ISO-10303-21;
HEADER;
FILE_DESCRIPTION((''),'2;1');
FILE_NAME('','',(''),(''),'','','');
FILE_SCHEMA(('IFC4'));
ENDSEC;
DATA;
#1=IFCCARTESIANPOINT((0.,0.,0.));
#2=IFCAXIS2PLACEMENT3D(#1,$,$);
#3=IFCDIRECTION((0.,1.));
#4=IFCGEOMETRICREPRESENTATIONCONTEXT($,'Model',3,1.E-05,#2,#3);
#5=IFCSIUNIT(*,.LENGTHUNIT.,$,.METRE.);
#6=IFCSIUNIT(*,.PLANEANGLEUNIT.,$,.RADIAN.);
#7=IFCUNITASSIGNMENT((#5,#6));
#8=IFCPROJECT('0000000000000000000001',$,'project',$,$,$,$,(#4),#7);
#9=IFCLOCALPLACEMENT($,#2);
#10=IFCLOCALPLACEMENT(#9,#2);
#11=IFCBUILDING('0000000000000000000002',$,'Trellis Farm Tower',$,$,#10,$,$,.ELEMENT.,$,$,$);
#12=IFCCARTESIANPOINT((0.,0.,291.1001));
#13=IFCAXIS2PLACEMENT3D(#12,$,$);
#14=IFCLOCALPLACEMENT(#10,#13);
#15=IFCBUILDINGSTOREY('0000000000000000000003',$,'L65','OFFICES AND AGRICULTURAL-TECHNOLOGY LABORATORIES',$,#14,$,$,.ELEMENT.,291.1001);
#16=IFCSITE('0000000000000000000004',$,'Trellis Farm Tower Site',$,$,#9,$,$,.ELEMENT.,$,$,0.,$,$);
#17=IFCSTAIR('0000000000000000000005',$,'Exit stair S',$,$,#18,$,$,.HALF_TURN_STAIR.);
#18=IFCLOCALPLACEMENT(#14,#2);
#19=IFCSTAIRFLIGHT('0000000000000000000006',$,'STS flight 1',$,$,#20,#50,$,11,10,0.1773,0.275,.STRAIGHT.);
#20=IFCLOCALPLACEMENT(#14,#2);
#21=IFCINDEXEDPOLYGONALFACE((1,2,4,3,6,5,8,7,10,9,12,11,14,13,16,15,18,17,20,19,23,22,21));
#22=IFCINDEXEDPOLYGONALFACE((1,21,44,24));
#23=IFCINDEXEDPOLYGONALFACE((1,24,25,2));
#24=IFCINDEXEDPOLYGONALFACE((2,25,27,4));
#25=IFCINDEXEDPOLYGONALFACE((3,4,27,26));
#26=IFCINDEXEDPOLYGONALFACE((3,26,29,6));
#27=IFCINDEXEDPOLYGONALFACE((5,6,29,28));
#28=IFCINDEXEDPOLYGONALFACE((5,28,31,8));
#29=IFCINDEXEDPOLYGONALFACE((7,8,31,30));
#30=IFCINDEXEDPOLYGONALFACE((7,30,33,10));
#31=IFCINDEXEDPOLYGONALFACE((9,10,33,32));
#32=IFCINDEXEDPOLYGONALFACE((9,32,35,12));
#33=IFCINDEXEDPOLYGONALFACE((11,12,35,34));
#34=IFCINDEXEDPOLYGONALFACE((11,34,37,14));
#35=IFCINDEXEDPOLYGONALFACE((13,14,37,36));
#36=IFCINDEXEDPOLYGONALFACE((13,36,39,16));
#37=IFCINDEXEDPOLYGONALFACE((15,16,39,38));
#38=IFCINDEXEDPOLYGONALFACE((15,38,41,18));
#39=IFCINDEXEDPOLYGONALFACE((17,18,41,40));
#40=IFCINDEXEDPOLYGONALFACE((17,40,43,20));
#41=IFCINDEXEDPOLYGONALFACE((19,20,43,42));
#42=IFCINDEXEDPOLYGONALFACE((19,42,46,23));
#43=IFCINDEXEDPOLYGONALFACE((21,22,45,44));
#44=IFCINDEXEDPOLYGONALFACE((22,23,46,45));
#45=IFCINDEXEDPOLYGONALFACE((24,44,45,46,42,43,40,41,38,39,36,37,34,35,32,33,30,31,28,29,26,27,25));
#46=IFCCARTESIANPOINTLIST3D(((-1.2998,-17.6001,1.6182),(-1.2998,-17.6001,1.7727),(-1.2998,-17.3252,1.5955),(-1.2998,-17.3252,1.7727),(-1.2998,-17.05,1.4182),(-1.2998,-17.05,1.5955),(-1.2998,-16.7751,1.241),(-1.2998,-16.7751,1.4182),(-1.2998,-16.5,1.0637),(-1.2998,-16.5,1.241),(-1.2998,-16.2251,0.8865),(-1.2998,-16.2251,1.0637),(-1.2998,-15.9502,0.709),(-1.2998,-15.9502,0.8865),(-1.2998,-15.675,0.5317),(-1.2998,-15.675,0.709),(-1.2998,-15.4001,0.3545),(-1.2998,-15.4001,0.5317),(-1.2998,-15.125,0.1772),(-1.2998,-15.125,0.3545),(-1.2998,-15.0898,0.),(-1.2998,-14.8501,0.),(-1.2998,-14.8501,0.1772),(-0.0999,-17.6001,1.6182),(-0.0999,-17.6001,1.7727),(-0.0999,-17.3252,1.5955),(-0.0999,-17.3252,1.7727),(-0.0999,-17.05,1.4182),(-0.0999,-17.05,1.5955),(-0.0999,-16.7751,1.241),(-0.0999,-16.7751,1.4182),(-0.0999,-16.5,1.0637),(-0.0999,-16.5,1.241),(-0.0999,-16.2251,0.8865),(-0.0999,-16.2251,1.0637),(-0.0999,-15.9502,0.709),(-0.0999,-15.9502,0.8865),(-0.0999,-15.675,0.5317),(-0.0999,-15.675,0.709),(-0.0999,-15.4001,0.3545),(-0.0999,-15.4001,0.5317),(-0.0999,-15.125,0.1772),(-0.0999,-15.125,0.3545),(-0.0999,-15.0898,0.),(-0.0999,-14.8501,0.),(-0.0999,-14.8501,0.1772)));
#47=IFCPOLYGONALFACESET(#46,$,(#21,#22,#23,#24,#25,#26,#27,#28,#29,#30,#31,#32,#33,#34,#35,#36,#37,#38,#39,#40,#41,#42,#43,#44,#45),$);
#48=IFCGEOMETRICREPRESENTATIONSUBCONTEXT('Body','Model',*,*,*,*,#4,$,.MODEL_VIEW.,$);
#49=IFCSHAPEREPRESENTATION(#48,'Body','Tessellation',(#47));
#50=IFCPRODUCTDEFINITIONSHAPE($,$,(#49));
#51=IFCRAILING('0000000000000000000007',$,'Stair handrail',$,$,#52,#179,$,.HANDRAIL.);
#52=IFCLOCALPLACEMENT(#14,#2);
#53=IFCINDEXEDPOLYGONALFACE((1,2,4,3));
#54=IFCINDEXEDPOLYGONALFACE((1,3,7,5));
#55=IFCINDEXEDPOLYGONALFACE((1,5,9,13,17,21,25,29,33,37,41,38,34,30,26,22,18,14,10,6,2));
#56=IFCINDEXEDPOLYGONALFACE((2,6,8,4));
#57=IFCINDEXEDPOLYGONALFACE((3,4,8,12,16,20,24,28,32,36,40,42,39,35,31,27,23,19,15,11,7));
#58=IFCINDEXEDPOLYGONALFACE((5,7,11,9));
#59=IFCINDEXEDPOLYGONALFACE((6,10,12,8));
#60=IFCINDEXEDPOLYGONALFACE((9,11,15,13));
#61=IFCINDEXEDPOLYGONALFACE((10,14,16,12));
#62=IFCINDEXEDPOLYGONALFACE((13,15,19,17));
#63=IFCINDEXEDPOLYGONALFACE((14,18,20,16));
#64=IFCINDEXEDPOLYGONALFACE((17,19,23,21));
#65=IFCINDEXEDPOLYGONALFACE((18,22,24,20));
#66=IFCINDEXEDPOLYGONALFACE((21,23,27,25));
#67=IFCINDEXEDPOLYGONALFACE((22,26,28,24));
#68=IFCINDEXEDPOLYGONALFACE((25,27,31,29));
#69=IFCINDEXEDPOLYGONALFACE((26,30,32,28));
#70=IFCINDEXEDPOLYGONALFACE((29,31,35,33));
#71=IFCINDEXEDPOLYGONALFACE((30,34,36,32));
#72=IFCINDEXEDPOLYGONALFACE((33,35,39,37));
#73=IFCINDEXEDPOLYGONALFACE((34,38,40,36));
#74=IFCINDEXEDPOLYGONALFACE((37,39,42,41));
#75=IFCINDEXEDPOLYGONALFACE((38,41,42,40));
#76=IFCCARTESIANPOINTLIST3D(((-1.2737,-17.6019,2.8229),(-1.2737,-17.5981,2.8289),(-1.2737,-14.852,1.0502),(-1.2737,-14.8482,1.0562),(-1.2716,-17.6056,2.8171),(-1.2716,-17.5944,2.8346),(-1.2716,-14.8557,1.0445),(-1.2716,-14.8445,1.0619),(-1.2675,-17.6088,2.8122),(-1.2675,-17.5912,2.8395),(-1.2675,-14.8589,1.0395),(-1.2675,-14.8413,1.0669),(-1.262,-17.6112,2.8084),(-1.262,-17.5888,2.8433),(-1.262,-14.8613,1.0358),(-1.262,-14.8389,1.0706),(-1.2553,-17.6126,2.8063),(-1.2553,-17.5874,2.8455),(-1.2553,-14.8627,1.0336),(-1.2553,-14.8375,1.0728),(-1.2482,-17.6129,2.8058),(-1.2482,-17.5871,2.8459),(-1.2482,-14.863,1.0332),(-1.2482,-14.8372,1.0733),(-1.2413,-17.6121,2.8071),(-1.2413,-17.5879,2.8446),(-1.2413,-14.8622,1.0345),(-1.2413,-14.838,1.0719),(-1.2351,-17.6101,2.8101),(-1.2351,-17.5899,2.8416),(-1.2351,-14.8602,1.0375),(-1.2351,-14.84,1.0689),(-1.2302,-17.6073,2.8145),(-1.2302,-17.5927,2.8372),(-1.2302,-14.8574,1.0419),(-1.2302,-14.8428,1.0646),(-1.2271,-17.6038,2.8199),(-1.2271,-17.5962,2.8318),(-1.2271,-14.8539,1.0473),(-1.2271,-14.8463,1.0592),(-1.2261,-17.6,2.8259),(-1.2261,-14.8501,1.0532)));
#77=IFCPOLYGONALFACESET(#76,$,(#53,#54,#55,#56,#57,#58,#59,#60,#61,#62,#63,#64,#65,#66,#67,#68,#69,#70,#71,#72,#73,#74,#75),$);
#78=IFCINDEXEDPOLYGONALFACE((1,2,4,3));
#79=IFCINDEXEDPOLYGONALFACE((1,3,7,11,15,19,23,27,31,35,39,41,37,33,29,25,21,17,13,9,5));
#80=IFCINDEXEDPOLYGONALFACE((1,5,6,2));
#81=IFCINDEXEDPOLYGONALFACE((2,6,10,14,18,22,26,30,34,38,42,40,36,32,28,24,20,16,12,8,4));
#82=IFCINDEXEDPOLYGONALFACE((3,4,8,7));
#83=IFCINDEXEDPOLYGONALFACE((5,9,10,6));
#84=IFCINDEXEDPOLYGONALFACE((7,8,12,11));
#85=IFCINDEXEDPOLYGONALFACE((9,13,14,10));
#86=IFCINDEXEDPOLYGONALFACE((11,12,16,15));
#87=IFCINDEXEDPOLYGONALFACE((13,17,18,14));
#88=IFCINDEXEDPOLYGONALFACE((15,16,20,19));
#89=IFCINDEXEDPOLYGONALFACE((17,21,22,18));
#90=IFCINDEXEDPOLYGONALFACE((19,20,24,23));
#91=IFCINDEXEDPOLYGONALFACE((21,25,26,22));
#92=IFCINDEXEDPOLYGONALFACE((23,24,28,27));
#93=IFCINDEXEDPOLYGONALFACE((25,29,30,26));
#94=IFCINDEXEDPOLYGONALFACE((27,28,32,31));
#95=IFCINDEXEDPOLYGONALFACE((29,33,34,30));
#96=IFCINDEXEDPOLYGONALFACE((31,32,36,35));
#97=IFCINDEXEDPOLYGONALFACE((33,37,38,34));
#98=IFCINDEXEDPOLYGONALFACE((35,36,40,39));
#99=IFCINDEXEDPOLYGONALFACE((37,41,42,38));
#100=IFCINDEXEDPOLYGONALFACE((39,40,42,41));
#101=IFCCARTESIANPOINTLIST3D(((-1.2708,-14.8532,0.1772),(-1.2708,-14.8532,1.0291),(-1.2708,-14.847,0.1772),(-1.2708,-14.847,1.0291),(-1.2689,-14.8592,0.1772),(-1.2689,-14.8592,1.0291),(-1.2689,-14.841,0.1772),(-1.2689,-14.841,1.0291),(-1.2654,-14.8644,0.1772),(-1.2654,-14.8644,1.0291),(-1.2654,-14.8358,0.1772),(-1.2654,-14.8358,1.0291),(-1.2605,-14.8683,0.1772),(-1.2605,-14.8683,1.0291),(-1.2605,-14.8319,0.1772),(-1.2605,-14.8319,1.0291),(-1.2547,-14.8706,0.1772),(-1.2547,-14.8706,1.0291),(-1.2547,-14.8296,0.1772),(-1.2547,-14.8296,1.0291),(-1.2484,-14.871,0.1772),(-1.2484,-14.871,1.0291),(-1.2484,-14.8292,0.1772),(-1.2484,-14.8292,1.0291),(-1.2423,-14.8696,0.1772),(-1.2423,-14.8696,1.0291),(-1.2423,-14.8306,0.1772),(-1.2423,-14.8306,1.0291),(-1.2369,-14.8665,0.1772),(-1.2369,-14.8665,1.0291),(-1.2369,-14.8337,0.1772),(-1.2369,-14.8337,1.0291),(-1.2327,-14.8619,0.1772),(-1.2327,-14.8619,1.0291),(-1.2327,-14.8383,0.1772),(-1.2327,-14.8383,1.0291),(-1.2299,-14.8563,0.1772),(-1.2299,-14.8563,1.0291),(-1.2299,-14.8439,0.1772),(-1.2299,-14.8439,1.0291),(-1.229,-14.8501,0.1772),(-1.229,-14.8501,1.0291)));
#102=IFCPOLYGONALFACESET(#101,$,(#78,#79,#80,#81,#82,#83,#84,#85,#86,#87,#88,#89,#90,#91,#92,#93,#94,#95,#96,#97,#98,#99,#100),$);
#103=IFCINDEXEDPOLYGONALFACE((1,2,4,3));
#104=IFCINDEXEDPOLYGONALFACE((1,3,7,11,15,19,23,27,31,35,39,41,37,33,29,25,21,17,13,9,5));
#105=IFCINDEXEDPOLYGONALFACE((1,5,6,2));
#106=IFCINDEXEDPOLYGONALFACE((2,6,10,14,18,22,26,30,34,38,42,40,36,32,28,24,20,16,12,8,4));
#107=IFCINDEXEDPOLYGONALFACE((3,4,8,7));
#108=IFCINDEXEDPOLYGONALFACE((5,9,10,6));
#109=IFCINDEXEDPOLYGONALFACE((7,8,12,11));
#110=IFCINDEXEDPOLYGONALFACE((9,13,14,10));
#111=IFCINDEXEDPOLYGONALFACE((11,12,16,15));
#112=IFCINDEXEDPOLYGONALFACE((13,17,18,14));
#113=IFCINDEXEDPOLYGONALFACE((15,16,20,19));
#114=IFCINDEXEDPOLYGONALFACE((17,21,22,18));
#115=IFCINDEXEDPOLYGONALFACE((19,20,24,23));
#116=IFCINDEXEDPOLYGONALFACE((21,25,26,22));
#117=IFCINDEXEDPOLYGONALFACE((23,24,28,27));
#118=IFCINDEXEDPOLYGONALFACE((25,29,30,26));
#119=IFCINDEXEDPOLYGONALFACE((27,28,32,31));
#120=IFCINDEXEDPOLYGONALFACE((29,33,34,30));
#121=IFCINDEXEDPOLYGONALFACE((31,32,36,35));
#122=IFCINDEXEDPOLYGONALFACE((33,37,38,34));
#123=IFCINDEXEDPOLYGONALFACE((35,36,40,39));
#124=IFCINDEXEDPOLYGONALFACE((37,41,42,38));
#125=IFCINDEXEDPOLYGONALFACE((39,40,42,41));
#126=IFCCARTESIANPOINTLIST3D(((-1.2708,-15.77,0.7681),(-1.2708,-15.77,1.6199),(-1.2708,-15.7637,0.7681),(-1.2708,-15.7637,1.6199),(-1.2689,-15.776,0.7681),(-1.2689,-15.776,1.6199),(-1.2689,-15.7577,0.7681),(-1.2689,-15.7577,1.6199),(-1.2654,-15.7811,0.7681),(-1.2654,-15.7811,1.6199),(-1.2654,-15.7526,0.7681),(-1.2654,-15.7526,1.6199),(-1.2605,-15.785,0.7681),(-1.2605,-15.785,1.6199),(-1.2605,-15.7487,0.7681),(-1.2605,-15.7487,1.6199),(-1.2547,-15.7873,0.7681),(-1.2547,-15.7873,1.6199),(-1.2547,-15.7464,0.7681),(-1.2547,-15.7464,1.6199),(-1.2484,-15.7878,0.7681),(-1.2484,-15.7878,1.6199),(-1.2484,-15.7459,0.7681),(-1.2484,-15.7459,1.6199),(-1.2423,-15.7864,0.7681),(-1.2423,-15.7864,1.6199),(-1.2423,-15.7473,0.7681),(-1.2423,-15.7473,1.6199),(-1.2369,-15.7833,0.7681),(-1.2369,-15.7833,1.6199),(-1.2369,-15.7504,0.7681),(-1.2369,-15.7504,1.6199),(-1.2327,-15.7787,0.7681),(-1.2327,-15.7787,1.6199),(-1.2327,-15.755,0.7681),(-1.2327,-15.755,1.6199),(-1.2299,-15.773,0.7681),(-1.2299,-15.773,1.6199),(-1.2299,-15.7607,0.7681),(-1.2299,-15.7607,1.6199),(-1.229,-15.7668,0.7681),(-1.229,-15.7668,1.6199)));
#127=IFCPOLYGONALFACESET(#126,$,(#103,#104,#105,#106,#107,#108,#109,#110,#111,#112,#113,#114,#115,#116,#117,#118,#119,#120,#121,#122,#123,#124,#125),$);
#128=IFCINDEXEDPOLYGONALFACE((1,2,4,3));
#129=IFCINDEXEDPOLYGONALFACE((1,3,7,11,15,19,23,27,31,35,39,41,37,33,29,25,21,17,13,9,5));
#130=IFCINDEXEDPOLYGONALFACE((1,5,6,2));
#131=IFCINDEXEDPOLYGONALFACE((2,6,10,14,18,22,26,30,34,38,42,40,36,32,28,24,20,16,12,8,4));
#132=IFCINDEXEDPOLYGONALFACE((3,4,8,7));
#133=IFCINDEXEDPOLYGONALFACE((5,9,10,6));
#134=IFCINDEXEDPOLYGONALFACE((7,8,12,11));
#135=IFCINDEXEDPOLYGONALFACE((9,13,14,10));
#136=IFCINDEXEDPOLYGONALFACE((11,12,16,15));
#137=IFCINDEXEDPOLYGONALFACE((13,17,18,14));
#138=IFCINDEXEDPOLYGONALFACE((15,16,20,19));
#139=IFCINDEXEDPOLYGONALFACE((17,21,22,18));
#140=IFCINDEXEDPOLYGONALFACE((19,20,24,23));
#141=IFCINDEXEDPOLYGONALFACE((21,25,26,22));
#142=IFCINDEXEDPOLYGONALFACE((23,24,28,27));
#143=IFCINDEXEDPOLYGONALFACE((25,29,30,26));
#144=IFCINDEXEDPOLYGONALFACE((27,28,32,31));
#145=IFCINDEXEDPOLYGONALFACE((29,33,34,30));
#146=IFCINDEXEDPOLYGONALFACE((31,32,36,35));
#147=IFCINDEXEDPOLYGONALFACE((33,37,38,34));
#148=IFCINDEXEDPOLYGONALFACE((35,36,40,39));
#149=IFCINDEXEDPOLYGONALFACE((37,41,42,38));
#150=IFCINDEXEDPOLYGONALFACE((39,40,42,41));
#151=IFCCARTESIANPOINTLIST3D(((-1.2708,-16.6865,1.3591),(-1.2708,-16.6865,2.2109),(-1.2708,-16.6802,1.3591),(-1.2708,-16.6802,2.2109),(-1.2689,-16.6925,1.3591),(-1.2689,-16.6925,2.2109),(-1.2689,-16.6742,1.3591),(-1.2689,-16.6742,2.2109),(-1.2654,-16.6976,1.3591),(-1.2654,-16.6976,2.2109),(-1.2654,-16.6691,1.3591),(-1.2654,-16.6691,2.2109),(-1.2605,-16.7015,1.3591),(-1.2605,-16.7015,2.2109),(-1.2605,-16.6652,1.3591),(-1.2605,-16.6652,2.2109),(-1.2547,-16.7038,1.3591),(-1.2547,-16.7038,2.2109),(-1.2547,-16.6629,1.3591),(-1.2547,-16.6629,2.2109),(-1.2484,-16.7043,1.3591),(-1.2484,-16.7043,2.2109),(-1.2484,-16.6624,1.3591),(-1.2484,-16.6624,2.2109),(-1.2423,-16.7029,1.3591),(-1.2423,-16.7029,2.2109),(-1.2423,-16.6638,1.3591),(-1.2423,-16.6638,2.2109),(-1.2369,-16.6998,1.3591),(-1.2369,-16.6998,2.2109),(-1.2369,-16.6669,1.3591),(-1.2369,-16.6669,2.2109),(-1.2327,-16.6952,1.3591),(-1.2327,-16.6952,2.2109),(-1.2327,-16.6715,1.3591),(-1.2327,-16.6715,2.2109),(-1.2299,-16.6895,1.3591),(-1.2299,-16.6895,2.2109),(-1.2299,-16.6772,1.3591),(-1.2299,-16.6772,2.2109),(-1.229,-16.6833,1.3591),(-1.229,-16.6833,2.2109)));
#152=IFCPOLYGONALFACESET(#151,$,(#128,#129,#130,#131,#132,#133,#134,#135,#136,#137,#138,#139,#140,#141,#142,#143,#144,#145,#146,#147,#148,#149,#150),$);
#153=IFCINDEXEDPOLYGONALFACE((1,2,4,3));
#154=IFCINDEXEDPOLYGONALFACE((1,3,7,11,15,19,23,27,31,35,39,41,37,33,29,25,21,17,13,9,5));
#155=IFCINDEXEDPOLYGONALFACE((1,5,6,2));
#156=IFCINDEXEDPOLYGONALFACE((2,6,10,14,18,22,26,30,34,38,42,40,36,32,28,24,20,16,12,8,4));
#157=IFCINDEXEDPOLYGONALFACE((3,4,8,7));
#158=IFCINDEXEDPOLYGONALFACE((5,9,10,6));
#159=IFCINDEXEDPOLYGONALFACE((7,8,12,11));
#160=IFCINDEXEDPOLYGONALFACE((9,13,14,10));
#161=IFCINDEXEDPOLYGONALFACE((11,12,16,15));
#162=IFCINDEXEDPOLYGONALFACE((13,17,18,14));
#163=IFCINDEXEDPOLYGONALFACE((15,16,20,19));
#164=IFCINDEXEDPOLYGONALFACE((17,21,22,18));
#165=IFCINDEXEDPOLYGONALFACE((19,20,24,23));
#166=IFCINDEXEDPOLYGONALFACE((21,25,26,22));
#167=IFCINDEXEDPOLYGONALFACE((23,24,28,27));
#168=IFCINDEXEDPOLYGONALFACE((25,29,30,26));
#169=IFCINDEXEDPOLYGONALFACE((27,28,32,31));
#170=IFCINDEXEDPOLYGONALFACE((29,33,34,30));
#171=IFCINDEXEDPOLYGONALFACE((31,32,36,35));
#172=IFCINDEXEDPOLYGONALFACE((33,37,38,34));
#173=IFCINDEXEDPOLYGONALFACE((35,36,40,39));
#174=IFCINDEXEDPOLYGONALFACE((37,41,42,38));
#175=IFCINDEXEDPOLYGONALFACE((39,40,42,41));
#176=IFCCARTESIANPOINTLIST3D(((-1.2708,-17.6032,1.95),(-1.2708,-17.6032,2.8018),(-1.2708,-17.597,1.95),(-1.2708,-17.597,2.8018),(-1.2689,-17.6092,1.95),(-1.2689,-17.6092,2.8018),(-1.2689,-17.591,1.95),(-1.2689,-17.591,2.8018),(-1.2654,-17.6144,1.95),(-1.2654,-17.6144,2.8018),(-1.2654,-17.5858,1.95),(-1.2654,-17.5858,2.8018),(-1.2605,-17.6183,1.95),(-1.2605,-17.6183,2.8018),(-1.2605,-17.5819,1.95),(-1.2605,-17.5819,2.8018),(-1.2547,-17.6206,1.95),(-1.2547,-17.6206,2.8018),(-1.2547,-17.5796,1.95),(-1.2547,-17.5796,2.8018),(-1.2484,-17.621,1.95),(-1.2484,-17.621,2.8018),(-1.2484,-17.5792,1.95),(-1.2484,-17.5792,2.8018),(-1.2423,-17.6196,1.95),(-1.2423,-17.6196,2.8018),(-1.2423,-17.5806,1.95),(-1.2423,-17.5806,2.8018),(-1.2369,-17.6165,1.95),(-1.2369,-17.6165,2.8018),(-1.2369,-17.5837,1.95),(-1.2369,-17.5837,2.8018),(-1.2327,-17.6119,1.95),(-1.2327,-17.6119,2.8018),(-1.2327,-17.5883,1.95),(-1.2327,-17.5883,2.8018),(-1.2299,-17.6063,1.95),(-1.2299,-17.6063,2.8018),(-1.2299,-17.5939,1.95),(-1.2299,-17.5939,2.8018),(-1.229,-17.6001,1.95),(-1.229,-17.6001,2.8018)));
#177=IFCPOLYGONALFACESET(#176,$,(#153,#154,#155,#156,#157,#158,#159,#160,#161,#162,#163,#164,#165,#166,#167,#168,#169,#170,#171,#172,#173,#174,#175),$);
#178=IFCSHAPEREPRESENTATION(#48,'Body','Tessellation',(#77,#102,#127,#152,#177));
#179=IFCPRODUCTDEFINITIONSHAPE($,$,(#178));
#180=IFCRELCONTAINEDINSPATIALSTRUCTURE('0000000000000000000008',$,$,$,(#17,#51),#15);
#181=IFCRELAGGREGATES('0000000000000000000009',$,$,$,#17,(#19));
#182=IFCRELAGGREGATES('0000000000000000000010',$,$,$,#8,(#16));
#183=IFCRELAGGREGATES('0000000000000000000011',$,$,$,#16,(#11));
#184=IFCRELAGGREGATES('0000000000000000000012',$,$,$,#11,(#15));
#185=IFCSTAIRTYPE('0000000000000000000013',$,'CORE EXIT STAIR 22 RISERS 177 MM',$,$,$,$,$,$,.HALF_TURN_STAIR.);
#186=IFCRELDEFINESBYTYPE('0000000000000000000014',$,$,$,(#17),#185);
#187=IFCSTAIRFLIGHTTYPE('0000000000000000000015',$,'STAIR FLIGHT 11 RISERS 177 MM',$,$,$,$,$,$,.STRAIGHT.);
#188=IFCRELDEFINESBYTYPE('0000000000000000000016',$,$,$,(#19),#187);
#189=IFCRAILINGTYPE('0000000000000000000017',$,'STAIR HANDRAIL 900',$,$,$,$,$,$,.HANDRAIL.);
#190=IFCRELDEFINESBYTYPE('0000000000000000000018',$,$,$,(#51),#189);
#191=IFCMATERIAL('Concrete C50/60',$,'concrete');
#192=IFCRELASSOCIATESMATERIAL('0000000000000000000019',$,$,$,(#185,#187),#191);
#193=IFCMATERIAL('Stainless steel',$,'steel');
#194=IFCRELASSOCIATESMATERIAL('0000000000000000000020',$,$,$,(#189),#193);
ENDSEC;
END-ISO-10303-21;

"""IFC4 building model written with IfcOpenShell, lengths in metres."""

from ifc_helpers import new_model, si_unit, direction, frame, origin, origin_2d, place, context, subcontext, project, spatial, polyline, circle, outline, extrude, source, transform, mapped, material, type_object, element, aggregate, save


model = new_model("IFC4")

# Units and contexts
model_context = context("Model", 3, precision=1e-05, world=origin(), true_north=direction((0.0, 1.0)))
body_context = subcontext(model_context, "Body", "Model", "MODEL_VIEW")
ifc_project = project(units=[si_unit("LENGTHUNIT", "METRE"), si_unit("PLANEANGLEUNIT", "RADIAN")], contexts=[model_context])

# Site, building, storey
site_placement = place(None, origin())
site = spatial("IfcSite", under=ifc_project, at=site_placement, Name="Trellis Farm Tower Site", CompositionType="ELEMENT", RefElevation=0.0)
building_placement = place(site_placement, origin())
building = spatial("IfcBuilding", under=site, at=building_placement, Name="Trellis Farm Tower", CompositionType="ELEMENT")
storey_placement = place(building_placement, frame((0.0, 0.0, 291.1001)))
storey = spatial("IfcBuildingStorey", under=building, at=storey_placement, Name="L65", Description="OFFICES AND AGRICULTURAL-TECHNOLOGY LABORATORIES", CompositionType="ELEMENT", Elevation=291.1001)

# Shared definitions
placement = place(storey_placement, origin())

# Shared definitions
ifc_material_1 = material(Name="Concrete C50/60", Category="concrete")

# Stair, stair flight
stair_type = type_object("IfcStairType", Name="CORE EXIT STAIR 22 RISERS 177 MM", PredefinedType="HALF_TURN_STAIR", material=ifc_material_1)
stair = element("IfcStair", 1, at=placement, inside=storey, type_object=stair_type, Name="Exit stair S", PredefinedType="HALF_TURN_STAIR")
stair_flight_type = type_object("IfcStairFlightType", Name="STAIR FLIGHT 11 RISERS 177 MM", PredefinedType="STRAIGHT", material=ifc_material_1)
shared_shape_1 = source(origin(), body_context, "Body", "SweptSolid", [
    extrude(outline(polyline([(0.0, 0.0), (0.0, 0.1772), (0.2749, 0.1772), (0.2749, 0.3545), (0.55, 0.3545), (0.55, 0.5317), (0.825, 0.5317), (0.825, 0.709), (1.1001, 0.709), (1.1001, 0.8865), (1.375, 0.8865), (1.375, 1.0637), (1.6499, 1.0637), (1.6499, 1.241), (1.925, 1.241), (1.925, 1.4182), (2.2, 1.4182), (2.2, 1.5955), (2.4751, 1.5955), (2.4751, 1.7727), (2.75, 1.7727), (2.75, 1.95), (2.75, 1.6182), (0.2397, 0.0), (0.0, 0.0)])), frame((0.0, 0.6001, 0.0), z_axis=(0.0, -1.0, 0.0), x_axis=(1.0, 0.0, 0.0)), (0.0, 0.0, 1.0), 1.2),
])
stair_flight_placement = place(storey_placement, frame((-0.7, -14.8501, 0.0), z_axis=(0.0, 0.0, 1.0), x_axis=(0.0, -1.0, 0.0)))
stair_flight = element("IfcStairFlight", 2, at=stair_flight_placement, type_object=stair_flight_type, Name="STS flight 1", NumberOfRisers=11, NumberOfTreads=10, PredefinedType="STRAIGHT", RiserHeight=0.1773, TreadLength=0.275, context=body_context, shape_type="MappedRepresentation", body=[
    mapped(shared_shape_1, transform((0.0, 0.0, 0.0))),
])
aggregate(stair, [stair_flight])

# Railing
ifc_material_2 = material(Name="Stainless steel", Category="steel")
railing_type = type_object("IfcRailingType", Name="STAIR HANDRAIL 900", PredefinedType="HANDRAIL", material=ifc_material_2)
shared_shape_2 = source(origin(), body_context, "Body", "SweptSolid", [
    extrude(circle(Radius=0.0239, at=origin_2d()), frame((0.0, 0.0, 0.876), z_axis=(0.0, -0.840504, 0.541806), x_axis=(1.0, 0.0, 0.0)), (0.0, 0.0, 1.0), 3.2717),
    extrude(circle(Radius=0.021, at=origin_2d()), origin(), (0.0, 0.0, 1.0), 0.8518),
    extrude(circle(Radius=0.021, at=origin_2d()), frame((0.0, -0.9167, 0.5908)), (0.0, 0.0, 1.0), 0.8518),
    extrude(circle(Radius=0.021, at=origin_2d()), frame((0.0, -1.8333, 1.1819)), (0.0, 0.0, 1.0), 0.8518),
    extrude(circle(Radius=0.021, at=origin_2d()), frame((0.0, -2.75, 1.7727)), (0.0, 0.0, 1.0), 0.8518),
])
railing_placement = place(storey_placement, frame((-1.25, -14.8501, 0.1772)))
element("IfcRailing", 3, at=railing_placement, inside=storey, type_object=railing_type, Name="Stair handrail", PredefinedType="HANDRAIL", context=body_context, shape_type="MappedRepresentation", body=[
    mapped(shared_shape_2, transform((0.0, 0.0, 0.0))),
])

save(model, "model.ifc")
